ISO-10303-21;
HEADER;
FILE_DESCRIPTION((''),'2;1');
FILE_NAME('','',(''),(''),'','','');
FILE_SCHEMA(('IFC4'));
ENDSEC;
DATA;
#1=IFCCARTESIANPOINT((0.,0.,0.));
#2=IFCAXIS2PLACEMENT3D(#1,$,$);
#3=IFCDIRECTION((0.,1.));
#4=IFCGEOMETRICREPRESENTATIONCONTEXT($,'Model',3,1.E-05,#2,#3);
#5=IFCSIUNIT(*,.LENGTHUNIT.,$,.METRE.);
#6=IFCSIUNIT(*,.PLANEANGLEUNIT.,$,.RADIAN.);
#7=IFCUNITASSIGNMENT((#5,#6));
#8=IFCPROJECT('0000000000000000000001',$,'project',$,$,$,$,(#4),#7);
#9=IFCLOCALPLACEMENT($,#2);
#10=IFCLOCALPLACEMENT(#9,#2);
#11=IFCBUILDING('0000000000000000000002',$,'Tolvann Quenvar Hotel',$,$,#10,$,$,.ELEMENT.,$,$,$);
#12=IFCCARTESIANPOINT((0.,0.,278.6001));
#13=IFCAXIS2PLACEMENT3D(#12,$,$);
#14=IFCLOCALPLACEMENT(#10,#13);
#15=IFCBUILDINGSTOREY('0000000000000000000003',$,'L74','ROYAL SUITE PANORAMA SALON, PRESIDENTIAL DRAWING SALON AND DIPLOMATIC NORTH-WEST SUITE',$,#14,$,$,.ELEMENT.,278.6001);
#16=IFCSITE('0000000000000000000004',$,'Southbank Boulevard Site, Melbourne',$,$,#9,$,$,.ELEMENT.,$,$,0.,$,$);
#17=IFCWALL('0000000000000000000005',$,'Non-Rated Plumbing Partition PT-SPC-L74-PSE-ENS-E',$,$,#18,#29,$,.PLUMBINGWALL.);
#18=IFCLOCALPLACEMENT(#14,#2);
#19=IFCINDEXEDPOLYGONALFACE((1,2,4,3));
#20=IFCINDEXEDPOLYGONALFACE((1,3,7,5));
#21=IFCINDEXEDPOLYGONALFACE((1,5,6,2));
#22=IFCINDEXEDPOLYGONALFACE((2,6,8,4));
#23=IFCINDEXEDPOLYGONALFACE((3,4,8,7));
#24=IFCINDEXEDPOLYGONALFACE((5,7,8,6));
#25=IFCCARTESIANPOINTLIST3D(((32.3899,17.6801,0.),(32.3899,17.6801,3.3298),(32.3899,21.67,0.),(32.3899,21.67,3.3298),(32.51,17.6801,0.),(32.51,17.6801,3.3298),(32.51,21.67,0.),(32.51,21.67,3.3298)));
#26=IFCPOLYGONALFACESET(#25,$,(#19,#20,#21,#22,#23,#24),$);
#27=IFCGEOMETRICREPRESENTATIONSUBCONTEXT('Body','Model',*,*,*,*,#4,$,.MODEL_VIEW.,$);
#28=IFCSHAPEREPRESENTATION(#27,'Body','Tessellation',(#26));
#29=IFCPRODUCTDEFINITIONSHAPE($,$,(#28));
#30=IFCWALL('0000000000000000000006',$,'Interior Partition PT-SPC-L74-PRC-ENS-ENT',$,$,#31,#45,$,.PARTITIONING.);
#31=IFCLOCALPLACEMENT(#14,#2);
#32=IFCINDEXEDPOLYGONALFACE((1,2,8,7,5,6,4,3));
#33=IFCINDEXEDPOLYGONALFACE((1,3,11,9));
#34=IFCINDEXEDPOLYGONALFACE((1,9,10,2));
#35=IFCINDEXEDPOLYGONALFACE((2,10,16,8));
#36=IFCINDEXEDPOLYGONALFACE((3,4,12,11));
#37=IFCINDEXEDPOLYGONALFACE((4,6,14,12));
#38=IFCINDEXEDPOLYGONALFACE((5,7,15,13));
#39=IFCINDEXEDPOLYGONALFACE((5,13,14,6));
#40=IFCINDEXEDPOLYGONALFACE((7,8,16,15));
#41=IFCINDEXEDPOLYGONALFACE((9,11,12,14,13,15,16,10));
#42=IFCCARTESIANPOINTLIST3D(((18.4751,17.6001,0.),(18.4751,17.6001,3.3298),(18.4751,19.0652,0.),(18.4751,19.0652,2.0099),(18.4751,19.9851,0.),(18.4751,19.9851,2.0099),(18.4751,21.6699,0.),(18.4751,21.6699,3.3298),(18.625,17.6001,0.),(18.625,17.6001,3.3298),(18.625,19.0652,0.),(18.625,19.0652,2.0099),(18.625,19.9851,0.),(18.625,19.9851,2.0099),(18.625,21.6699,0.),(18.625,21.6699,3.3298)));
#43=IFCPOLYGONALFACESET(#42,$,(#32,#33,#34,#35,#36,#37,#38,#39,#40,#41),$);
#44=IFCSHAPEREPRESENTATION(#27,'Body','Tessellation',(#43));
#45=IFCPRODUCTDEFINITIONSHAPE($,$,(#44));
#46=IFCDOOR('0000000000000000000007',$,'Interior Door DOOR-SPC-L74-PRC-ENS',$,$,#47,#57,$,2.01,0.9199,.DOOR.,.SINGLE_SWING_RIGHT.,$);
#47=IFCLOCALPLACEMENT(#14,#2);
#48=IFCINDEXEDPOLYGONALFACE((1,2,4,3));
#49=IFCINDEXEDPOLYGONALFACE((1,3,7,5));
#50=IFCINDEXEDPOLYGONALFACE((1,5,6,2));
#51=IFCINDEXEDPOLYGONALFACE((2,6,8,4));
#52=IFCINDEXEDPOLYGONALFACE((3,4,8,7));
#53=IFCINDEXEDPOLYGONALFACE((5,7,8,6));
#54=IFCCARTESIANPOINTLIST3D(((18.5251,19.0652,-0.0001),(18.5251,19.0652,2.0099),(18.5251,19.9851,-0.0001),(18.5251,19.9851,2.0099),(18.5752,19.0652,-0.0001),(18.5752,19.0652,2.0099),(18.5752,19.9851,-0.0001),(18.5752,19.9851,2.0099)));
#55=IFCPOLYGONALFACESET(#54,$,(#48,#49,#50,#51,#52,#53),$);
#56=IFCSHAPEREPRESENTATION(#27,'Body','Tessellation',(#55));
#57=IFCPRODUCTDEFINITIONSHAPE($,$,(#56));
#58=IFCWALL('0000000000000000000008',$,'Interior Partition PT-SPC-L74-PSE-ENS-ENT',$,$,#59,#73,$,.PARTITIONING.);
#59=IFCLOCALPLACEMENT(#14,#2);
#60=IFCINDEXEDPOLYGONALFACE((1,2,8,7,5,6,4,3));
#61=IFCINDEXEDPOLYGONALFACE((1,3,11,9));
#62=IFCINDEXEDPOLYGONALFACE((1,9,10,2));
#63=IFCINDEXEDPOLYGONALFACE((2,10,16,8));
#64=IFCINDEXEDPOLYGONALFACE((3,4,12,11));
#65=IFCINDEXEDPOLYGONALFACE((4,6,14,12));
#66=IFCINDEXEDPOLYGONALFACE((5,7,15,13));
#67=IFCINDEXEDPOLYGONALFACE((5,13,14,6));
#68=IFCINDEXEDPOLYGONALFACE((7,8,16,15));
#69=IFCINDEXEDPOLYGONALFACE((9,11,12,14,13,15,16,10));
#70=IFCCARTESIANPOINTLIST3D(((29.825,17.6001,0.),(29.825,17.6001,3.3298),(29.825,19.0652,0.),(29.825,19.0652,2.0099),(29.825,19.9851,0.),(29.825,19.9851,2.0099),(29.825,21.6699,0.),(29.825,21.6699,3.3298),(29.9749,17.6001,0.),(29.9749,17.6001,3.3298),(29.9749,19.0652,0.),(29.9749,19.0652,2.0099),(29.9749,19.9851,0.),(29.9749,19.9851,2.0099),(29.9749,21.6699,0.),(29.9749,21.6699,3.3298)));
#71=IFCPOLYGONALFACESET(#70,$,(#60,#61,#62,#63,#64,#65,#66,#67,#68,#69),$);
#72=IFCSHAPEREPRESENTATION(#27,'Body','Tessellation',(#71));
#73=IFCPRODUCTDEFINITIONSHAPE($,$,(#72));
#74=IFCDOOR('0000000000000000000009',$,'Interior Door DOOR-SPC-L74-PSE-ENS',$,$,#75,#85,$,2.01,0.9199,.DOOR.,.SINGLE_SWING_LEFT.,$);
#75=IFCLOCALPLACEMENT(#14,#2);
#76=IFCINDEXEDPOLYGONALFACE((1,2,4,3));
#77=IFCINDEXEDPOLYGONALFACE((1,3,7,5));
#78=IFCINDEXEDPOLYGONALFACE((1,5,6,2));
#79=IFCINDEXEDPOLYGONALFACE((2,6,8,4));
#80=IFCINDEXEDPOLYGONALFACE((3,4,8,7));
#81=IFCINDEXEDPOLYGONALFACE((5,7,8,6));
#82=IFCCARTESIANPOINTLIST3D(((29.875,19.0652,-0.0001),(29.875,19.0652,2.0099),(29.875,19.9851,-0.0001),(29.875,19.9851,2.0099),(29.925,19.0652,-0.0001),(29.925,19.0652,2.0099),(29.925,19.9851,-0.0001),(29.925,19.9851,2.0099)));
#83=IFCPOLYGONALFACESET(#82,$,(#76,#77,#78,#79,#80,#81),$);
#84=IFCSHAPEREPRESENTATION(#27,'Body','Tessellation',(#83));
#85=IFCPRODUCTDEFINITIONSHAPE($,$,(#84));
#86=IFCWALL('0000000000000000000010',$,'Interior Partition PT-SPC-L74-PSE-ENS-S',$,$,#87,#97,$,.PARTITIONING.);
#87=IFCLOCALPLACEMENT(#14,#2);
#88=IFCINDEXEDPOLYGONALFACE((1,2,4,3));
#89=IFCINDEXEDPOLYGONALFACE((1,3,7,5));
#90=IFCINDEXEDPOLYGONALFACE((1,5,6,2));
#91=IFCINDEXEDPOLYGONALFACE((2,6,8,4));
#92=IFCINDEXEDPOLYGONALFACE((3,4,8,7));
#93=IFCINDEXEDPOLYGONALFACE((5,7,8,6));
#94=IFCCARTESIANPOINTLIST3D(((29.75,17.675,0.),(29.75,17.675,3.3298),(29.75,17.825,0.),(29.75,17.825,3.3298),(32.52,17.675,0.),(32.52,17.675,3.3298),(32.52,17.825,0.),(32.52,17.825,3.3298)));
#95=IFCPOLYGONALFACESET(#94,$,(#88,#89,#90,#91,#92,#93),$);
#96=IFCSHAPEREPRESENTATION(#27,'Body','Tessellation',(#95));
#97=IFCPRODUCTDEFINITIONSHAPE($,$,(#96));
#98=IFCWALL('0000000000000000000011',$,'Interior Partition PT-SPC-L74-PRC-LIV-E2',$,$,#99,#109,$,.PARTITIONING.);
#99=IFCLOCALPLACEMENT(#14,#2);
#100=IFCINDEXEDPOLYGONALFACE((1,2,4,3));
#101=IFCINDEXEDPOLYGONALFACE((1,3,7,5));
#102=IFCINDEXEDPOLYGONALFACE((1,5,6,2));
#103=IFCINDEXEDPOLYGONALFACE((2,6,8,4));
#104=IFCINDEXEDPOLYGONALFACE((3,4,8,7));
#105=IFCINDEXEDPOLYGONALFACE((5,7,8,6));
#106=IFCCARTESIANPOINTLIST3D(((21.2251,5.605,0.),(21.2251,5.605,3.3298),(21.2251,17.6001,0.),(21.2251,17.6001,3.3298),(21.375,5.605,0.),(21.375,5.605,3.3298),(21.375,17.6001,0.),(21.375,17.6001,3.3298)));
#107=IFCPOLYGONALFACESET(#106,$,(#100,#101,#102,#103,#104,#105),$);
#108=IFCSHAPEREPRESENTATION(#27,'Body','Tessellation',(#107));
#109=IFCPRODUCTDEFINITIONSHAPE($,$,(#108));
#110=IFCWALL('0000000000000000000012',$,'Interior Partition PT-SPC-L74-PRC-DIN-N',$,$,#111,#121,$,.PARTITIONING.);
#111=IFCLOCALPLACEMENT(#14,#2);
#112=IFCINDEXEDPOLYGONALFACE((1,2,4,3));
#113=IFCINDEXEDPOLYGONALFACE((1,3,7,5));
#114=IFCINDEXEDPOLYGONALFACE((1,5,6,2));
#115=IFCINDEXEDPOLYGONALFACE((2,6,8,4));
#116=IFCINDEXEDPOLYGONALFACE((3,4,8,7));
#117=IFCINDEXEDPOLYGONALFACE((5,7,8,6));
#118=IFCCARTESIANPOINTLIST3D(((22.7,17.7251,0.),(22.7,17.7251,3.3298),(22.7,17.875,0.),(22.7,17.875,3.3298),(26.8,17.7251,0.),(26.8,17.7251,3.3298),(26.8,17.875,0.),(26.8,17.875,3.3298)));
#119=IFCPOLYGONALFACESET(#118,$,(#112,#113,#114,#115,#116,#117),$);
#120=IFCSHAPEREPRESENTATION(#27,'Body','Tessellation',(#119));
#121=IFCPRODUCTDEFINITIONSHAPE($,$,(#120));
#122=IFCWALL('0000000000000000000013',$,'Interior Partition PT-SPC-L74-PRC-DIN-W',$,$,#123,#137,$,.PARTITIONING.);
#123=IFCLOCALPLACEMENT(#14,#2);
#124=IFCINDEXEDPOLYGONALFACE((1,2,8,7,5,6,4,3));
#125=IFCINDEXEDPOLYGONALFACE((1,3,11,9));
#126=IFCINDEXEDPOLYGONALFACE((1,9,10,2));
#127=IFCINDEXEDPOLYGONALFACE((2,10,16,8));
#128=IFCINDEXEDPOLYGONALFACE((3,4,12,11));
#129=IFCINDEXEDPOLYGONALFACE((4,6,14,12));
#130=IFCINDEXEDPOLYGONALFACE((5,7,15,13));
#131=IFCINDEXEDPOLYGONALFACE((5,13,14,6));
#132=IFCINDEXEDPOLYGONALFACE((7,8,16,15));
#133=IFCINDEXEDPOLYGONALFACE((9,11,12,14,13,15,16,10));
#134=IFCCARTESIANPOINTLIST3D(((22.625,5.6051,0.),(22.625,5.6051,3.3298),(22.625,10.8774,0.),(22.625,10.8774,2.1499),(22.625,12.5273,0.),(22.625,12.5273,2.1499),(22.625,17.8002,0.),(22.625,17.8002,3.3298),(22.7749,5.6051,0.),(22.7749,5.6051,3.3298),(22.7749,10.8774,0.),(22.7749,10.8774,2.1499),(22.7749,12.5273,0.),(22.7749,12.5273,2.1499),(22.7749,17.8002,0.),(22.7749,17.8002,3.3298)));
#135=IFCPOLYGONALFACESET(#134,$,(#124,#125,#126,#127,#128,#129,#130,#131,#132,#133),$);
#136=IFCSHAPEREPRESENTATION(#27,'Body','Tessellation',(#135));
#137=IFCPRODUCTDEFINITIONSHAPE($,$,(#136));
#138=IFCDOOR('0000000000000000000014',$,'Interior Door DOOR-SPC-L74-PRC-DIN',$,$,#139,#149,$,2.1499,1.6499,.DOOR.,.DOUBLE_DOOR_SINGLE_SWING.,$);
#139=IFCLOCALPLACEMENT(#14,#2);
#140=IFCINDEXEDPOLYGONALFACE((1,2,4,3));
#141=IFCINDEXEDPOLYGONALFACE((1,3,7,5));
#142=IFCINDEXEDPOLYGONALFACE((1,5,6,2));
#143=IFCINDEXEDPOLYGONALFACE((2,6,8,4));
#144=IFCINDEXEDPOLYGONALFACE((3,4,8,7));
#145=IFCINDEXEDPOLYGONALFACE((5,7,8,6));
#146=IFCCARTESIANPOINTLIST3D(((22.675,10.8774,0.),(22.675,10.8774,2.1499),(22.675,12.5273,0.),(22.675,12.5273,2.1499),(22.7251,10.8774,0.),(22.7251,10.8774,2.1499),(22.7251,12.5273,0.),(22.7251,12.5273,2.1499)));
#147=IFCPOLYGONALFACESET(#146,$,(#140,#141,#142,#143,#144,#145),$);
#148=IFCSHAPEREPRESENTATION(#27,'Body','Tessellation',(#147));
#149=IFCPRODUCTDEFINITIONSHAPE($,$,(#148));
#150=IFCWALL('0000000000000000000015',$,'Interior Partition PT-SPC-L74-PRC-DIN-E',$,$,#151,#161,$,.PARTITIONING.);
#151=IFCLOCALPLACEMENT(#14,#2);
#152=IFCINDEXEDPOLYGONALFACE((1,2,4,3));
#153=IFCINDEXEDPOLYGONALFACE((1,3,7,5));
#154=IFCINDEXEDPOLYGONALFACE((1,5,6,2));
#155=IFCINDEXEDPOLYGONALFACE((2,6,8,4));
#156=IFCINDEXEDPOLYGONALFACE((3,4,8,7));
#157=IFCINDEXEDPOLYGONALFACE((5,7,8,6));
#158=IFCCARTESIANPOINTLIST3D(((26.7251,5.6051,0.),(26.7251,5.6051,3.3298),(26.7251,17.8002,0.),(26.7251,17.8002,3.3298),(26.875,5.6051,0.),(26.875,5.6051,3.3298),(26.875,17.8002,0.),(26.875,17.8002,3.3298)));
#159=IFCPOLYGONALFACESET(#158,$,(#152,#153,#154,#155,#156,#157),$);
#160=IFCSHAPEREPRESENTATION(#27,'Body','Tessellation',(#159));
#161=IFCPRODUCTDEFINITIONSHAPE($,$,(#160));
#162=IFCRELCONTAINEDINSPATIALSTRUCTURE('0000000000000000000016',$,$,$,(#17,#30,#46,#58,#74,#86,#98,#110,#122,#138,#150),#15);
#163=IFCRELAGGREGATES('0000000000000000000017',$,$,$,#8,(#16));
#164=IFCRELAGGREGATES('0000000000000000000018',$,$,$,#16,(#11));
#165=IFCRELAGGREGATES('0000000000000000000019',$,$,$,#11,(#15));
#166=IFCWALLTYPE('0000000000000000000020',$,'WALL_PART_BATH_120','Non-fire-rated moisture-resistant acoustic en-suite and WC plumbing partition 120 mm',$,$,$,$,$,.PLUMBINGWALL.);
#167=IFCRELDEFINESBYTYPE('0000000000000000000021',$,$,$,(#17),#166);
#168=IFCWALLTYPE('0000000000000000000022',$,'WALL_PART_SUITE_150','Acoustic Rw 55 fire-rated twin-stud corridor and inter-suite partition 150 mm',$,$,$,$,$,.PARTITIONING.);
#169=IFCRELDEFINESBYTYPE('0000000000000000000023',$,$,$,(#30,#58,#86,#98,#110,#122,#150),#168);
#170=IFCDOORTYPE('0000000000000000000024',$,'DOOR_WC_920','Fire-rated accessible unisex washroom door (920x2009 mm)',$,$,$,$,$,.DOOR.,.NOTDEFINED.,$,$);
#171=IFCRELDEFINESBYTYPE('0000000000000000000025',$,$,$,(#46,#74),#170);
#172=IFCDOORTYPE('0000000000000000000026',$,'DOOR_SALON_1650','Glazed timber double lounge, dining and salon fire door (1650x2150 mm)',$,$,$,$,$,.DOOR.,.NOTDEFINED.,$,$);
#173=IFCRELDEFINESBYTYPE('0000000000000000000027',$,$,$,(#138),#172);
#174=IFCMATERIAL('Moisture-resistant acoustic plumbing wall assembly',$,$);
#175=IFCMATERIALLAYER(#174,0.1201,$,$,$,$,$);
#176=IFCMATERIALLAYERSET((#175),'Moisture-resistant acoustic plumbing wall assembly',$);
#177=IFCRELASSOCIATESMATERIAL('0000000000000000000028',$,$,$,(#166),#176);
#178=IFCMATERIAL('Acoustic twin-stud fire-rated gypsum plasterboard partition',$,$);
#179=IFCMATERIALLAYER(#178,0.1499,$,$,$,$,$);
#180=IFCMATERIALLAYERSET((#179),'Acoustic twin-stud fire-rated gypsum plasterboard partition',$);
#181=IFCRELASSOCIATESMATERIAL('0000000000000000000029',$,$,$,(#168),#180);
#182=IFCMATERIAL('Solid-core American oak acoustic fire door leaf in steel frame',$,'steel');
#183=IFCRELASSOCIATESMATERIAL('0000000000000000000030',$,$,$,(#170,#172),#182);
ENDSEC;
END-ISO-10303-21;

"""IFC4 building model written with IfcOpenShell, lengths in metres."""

from ifc_helpers import new_model, si_unit, direction, frame, frame_2d, origin, place, context, subcontext, project, spatial, rectangle, extrude, source, transform, mapped, material, layer, layer_set, type_object, type_shapes, element, fill, save


model = new_model("IFC4")

# Units and contexts
model_context = context("Model", 3, precision=1e-05, world=origin(), true_north=direction((0.0, 1.0)))
body_context = subcontext(model_context, "Body", "Model", "MODEL_VIEW")
ifc_project = project(units=[si_unit("LENGTHUNIT", "METRE"), si_unit("PLANEANGLEUNIT", "RADIAN")], contexts=[model_context])

# Site, building, storey
site_placement = place(None, origin())
site = spatial("IfcSite", under=ifc_project, at=site_placement, Name="Southbank Boulevard Site, Melbourne", CompositionType="ELEMENT", RefElevation=0.0)
building_placement = place(site_placement, origin())
building = spatial("IfcBuilding", under=site, at=building_placement, Name="Tolvann Quenvar Hotel", CompositionType="ELEMENT")
storey_placement = place(building_placement, frame((0.0, 0.0, 278.6001)))
storey = spatial("IfcBuildingStorey", under=building, at=storey_placement, Name="L74", Description="ROYAL SUITE PANORAMA SALON, PRESIDENTIAL DRAWING SALON AND DIPLOMATIC NORTH-WEST SUITE", CompositionType="ELEMENT", Elevation=278.6001)

# Wall
ifc_material_1 = material(Name="Moisture-resistant acoustic plumbing wall assembly")
ifc_layer_1 = layer(ifc_material_1, 0.1201)
ifc_layer_set_1 = layer_set([ifc_layer_1], Name="Moisture-resistant acoustic plumbing wall assembly")
wall_type_1 = type_object("IfcWallType", Name="WALL_PART_BATH_120", Description="Non-fire-rated moisture-resistant acoustic en-suite and WC plumbing partition 120 mm", PredefinedType="PLUMBINGWALL", material=ifc_layer_set_1)
wall_1_placement = place(storey_placement, frame((32.45, 17.6799, 0.0), z_axis=(0.0, 0.0, 1.0), x_axis=(0.0, 1.0, 0.0)))
element("IfcWall", 1, at=wall_1_placement, inside=storey, type_object=wall_type_1, Name="Non-Rated Plumbing Partition PT-SPC-L74-PSE-ENS-E", PredefinedType="PLUMBINGWALL", context=body_context, shape_type="SweptSolid", body=[
    extrude(rectangle(XDim=3.99, YDim=0.1201, at=frame_2d((1.9951, 0.0))), origin(), (0.0, 0.0, 1.0), 3.3298),
])

# Walls, openings, doors
ifc_material_2 = material(Name="Acoustic twin-stud fire-rated gypsum plasterboard partition")
ifc_layer_2 = layer(ifc_material_2, 0.1499)
ifc_layer_set_2 = layer_set([ifc_layer_2], Name="Acoustic twin-stud fire-rated gypsum plasterboard partition")
wall_type_2 = type_object("IfcWallType", Name="WALL_PART_SUITE_150", Description="Acoustic Rw 55 fire-rated twin-stud corridor and inter-suite partition 150 mm", PredefinedType="PARTITIONING", material=ifc_layer_set_2)
wall_2_placement = place(storey_placement, frame((18.55, 17.6001, 0.0), z_axis=(0.0, 0.0, 1.0), x_axis=(0.0, 1.0, 0.0)))
wall_2 = element("IfcWall", 2, at=wall_2_placement, inside=storey, type_object=wall_type_2, Name="Interior Partition PT-SPC-L74-PRC-ENS-ENT", PredefinedType="PARTITIONING", context=body_context, shape_type="SweptSolid", body=[
    extrude(rectangle(XDim=4.0698, YDim=0.1499, at=frame_2d((2.0349, 0.0))), origin(), (0.0, 0.0, 1.0), 3.3298),
])
opening_1_placement = place(wall_2_placement, frame((1.4651, 0.0, 0.0)))
opening_1 = element("IfcOpeningElement", 3, at=opening_1_placement, cuts=wall_2, PredefinedType="OPENING", context=body_context, shape_type="SweptSolid", body=[
    extrude(rectangle(XDim=0.9199, YDim=2.01, at=frame_2d((0.46, 1.0049))), frame((0.0, 0.085, 0.0), z_axis=(0.0, -1.0, 0.0), x_axis=(1.0, 0.0, 0.0)), (0.0, 0.0, 1.0), 0.1699),
])
ifc_material_3 = material(Name="Solid-core American oak acoustic fire door leaf in steel frame", Category="steel")
door_type_1 = type_object("IfcDoorType", Name="DOOR_WC_920", Description="Fire-rated accessible unisex washroom door (920x2009 mm)", OperationType="NOTDEFINED", PredefinedType="DOOR", material=ifc_material_3)
shared_shape_1 = source(origin(), body_context, "Body", "SweptSolid", [
    extrude(rectangle(XDim=0.9199, YDim=2.01, at=frame_2d((0.46, 1.0049))), frame((0.0, 0.0249, 0.0), z_axis=(0.0, -1.0, 0.0), x_axis=(1.0, 0.0, 0.0)), (0.0, 0.0, 1.0), 0.05),
])
type_shapes(door_type_1, [shared_shape_1])
door_1_placement = place(opening_1_placement, origin())
door_1 = element("IfcDoor", 4, at=door_1_placement, inside=storey, type_object=door_type_1, Name="Interior Door DOOR-SPC-L74-PRC-ENS", OperationType="SINGLE_SWING_RIGHT", OverallHeight=2.01, OverallWidth=0.9199, PredefinedType="DOOR", context=body_context, shape_type="MappedRepresentation", body=[
    mapped(shared_shape_1, transform((0.0, 0.0, 0.0), x_axis=(1.0, 0.0, 0.0), y_axis=(0.0, 1.0, 0.0), z_axis=(0.0, 0.0, 1.0), scale=1.0)),
])
fill(opening_1, door_1)
wall_3_placement = place(storey_placement, frame((29.8999, 17.6001, 0.0), z_axis=(0.0, 0.0, 1.0), x_axis=(0.0, 1.0, 0.0)))
wall_3 = element("IfcWall", 5, at=wall_3_placement, inside=storey, type_object=wall_type_2, Name="Interior Partition PT-SPC-L74-PSE-ENS-ENT", PredefinedType="PARTITIONING", context=body_context, shape_type="SweptSolid", body=[
    extrude(rectangle(XDim=4.0698, YDim=0.1499, at=frame_2d((2.0349, 0.0))), origin(), (0.0, 0.0, 1.0), 3.3298),
])
opening_2_placement = place(wall_3_placement, frame((1.4651, 0.0, 0.0)))
opening_2 = element("IfcOpeningElement", 6, at=opening_2_placement, cuts=wall_3, PredefinedType="OPENING", context=body_context, shape_type="SweptSolid", body=[
    extrude(rectangle(XDim=0.9199, YDim=2.01, at=frame_2d((0.46, 1.0049))), frame((0.0, 0.085, 0.0), z_axis=(0.0, -1.0, 0.0), x_axis=(1.0, 0.0, 0.0)), (0.0, 0.0, 1.0), 0.1699),
])
door_2_placement = place(opening_2_placement, origin())
door_2 = element("IfcDoor", 7, at=door_2_placement, inside=storey, type_object=door_type_1, Name="Interior Door DOOR-SPC-L74-PSE-ENS", OperationType="SINGLE_SWING_LEFT", OverallHeight=2.01, OverallWidth=0.9199, PredefinedType="DOOR", context=body_context, shape_type="MappedRepresentation", body=[
    mapped(shared_shape_1, transform((0.0, 0.0, 0.0), x_axis=(1.0, 0.0, 0.0), y_axis=(0.0, 1.0, 0.0), z_axis=(0.0, 0.0, 1.0), scale=1.0)),
])
fill(opening_2, door_2)

# Walls
wall_4_placement = place(storey_placement, frame((29.75, 17.75, 0.0), z_axis=(0.0, 0.0, 1.0), x_axis=(1.0, 0.0, 0.0)))
element("IfcWall", 8, at=wall_4_placement, inside=storey, type_object=wall_type_2, Name="Interior Partition PT-SPC-L74-PSE-ENS-S", PredefinedType="PARTITIONING", context=body_context, shape_type="SweptSolid", body=[
    extrude(rectangle(XDim=2.77, YDim=0.1499, at=frame_2d((1.385, 0.0))), origin(), (0.0, 0.0, 1.0), 3.3298),
])
wall_5_placement = place(storey_placement, frame((21.3, 5.605, 0.0), z_axis=(0.0, 0.0, 1.0), x_axis=(0.0, 1.0, 0.0)))
element("IfcWall", 9, at=wall_5_placement, inside=storey, type_object=wall_type_2, Name="Interior Partition PT-SPC-L74-PRC-LIV-E2", PredefinedType="PARTITIONING", context=body_context, shape_type="SweptSolid", body=[
    extrude(rectangle(XDim=11.9951, YDim=0.1499, at=frame_2d((5.9976, 0.0))), origin(), (0.0, 0.0, 1.0), 3.3298),
])
wall_6_placement = place(storey_placement, frame((22.7, 17.8, 0.0), z_axis=(0.0, 0.0, 1.0), x_axis=(1.0, 0.0, 0.0)))
element("IfcWall", 10, at=wall_6_placement, inside=storey, type_object=wall_type_2, Name="Interior Partition PT-SPC-L74-PRC-DIN-N", PredefinedType="PARTITIONING", context=body_context, shape_type="SweptSolid", body=[
    extrude(rectangle(XDim=4.1001, YDim=0.1499, at=frame_2d((2.05, 0.0))), origin(), (0.0, 0.0, 1.0), 3.3298),
])

# Wall, opening, door
wall_7_placement = place(storey_placement, frame((22.7, 5.605, 0.0), z_axis=(0.0, 0.0, 1.0), x_axis=(0.0, 1.0, 0.0)))
wall_7 = element("IfcWall", 11, at=wall_7_placement, inside=storey, type_object=wall_type_2, Name="Interior Partition PT-SPC-L74-PRC-DIN-W", PredefinedType="PARTITIONING", context=body_context, shape_type="SweptSolid", body=[
    extrude(rectangle(XDim=12.1951, YDim=0.1499, at=frame_2d((6.0977, 0.0))), origin(), (0.0, 0.0, 1.0), 3.3298),
])
opening_3_placement = place(wall_7_placement, frame((5.2725, 0.0, 0.0)))
opening_3 = element("IfcOpeningElement", 12, at=opening_3_placement, cuts=wall_7, PredefinedType="OPENING", context=body_context, shape_type="SweptSolid", body=[
    extrude(rectangle(XDim=1.6499, YDim=2.1499, at=frame_2d((0.825, 1.075))), frame((0.0, 0.085, 0.0), z_axis=(0.0, -1.0, 0.0), x_axis=(1.0, 0.0, 0.0)), (0.0, 0.0, 1.0), 0.1699),
])
door_type_2 = type_object("IfcDoorType", Name="DOOR_SALON_1650", Description="Glazed timber double lounge, dining and salon fire door (1650x2150 mm)", OperationType="NOTDEFINED", PredefinedType="DOOR", material=ifc_material_3)
shared_shape_2 = source(origin(), body_context, "Body", "SweptSolid", [
    extrude(rectangle(XDim=1.6499, YDim=2.1499, at=frame_2d((0.825, 1.075))), frame((0.0, 0.0249, 0.0), z_axis=(0.0, -1.0, 0.0), x_axis=(1.0, 0.0, 0.0)), (0.0, 0.0, 1.0), 0.05),
])
type_shapes(door_type_2, [shared_shape_2])
door_3_placement = place(opening_3_placement, origin())
door_3 = element("IfcDoor", 13, at=door_3_placement, inside=storey, type_object=door_type_2, Name="Interior Door DOOR-SPC-L74-PRC-DIN", OperationType="DOUBLE_DOOR_SINGLE_SWING", OverallHeight=2.1499, OverallWidth=1.6499, PredefinedType="DOOR", context=body_context, shape_type="MappedRepresentation", body=[
    mapped(shared_shape_2, transform((0.0, 0.0, 0.0), x_axis=(1.0, 0.0, 0.0), y_axis=(0.0, 1.0, 0.0), z_axis=(0.0, 0.0, 1.0), scale=1.0)),
])
fill(opening_3, door_3)

# Wall
wall_8_placement = place(storey_placement, frame((26.8, 5.605, 0.0), z_axis=(0.0, 0.0, 1.0), x_axis=(0.0, 1.0, 0.0)))
element("IfcWall", 14, at=wall_8_placement, inside=storey, type_object=wall_type_2, Name="Interior Partition PT-SPC-L74-PRC-DIN-E", PredefinedType="PARTITIONING", context=body_context, shape_type="SweptSolid", body=[
    extrude(rectangle(XDim=12.1951, YDim=0.1499, at=frame_2d((6.0977, 0.0))), origin(), (0.0, 0.0, 1.0), 3.3298),
])

save(model, "model.ifc")
